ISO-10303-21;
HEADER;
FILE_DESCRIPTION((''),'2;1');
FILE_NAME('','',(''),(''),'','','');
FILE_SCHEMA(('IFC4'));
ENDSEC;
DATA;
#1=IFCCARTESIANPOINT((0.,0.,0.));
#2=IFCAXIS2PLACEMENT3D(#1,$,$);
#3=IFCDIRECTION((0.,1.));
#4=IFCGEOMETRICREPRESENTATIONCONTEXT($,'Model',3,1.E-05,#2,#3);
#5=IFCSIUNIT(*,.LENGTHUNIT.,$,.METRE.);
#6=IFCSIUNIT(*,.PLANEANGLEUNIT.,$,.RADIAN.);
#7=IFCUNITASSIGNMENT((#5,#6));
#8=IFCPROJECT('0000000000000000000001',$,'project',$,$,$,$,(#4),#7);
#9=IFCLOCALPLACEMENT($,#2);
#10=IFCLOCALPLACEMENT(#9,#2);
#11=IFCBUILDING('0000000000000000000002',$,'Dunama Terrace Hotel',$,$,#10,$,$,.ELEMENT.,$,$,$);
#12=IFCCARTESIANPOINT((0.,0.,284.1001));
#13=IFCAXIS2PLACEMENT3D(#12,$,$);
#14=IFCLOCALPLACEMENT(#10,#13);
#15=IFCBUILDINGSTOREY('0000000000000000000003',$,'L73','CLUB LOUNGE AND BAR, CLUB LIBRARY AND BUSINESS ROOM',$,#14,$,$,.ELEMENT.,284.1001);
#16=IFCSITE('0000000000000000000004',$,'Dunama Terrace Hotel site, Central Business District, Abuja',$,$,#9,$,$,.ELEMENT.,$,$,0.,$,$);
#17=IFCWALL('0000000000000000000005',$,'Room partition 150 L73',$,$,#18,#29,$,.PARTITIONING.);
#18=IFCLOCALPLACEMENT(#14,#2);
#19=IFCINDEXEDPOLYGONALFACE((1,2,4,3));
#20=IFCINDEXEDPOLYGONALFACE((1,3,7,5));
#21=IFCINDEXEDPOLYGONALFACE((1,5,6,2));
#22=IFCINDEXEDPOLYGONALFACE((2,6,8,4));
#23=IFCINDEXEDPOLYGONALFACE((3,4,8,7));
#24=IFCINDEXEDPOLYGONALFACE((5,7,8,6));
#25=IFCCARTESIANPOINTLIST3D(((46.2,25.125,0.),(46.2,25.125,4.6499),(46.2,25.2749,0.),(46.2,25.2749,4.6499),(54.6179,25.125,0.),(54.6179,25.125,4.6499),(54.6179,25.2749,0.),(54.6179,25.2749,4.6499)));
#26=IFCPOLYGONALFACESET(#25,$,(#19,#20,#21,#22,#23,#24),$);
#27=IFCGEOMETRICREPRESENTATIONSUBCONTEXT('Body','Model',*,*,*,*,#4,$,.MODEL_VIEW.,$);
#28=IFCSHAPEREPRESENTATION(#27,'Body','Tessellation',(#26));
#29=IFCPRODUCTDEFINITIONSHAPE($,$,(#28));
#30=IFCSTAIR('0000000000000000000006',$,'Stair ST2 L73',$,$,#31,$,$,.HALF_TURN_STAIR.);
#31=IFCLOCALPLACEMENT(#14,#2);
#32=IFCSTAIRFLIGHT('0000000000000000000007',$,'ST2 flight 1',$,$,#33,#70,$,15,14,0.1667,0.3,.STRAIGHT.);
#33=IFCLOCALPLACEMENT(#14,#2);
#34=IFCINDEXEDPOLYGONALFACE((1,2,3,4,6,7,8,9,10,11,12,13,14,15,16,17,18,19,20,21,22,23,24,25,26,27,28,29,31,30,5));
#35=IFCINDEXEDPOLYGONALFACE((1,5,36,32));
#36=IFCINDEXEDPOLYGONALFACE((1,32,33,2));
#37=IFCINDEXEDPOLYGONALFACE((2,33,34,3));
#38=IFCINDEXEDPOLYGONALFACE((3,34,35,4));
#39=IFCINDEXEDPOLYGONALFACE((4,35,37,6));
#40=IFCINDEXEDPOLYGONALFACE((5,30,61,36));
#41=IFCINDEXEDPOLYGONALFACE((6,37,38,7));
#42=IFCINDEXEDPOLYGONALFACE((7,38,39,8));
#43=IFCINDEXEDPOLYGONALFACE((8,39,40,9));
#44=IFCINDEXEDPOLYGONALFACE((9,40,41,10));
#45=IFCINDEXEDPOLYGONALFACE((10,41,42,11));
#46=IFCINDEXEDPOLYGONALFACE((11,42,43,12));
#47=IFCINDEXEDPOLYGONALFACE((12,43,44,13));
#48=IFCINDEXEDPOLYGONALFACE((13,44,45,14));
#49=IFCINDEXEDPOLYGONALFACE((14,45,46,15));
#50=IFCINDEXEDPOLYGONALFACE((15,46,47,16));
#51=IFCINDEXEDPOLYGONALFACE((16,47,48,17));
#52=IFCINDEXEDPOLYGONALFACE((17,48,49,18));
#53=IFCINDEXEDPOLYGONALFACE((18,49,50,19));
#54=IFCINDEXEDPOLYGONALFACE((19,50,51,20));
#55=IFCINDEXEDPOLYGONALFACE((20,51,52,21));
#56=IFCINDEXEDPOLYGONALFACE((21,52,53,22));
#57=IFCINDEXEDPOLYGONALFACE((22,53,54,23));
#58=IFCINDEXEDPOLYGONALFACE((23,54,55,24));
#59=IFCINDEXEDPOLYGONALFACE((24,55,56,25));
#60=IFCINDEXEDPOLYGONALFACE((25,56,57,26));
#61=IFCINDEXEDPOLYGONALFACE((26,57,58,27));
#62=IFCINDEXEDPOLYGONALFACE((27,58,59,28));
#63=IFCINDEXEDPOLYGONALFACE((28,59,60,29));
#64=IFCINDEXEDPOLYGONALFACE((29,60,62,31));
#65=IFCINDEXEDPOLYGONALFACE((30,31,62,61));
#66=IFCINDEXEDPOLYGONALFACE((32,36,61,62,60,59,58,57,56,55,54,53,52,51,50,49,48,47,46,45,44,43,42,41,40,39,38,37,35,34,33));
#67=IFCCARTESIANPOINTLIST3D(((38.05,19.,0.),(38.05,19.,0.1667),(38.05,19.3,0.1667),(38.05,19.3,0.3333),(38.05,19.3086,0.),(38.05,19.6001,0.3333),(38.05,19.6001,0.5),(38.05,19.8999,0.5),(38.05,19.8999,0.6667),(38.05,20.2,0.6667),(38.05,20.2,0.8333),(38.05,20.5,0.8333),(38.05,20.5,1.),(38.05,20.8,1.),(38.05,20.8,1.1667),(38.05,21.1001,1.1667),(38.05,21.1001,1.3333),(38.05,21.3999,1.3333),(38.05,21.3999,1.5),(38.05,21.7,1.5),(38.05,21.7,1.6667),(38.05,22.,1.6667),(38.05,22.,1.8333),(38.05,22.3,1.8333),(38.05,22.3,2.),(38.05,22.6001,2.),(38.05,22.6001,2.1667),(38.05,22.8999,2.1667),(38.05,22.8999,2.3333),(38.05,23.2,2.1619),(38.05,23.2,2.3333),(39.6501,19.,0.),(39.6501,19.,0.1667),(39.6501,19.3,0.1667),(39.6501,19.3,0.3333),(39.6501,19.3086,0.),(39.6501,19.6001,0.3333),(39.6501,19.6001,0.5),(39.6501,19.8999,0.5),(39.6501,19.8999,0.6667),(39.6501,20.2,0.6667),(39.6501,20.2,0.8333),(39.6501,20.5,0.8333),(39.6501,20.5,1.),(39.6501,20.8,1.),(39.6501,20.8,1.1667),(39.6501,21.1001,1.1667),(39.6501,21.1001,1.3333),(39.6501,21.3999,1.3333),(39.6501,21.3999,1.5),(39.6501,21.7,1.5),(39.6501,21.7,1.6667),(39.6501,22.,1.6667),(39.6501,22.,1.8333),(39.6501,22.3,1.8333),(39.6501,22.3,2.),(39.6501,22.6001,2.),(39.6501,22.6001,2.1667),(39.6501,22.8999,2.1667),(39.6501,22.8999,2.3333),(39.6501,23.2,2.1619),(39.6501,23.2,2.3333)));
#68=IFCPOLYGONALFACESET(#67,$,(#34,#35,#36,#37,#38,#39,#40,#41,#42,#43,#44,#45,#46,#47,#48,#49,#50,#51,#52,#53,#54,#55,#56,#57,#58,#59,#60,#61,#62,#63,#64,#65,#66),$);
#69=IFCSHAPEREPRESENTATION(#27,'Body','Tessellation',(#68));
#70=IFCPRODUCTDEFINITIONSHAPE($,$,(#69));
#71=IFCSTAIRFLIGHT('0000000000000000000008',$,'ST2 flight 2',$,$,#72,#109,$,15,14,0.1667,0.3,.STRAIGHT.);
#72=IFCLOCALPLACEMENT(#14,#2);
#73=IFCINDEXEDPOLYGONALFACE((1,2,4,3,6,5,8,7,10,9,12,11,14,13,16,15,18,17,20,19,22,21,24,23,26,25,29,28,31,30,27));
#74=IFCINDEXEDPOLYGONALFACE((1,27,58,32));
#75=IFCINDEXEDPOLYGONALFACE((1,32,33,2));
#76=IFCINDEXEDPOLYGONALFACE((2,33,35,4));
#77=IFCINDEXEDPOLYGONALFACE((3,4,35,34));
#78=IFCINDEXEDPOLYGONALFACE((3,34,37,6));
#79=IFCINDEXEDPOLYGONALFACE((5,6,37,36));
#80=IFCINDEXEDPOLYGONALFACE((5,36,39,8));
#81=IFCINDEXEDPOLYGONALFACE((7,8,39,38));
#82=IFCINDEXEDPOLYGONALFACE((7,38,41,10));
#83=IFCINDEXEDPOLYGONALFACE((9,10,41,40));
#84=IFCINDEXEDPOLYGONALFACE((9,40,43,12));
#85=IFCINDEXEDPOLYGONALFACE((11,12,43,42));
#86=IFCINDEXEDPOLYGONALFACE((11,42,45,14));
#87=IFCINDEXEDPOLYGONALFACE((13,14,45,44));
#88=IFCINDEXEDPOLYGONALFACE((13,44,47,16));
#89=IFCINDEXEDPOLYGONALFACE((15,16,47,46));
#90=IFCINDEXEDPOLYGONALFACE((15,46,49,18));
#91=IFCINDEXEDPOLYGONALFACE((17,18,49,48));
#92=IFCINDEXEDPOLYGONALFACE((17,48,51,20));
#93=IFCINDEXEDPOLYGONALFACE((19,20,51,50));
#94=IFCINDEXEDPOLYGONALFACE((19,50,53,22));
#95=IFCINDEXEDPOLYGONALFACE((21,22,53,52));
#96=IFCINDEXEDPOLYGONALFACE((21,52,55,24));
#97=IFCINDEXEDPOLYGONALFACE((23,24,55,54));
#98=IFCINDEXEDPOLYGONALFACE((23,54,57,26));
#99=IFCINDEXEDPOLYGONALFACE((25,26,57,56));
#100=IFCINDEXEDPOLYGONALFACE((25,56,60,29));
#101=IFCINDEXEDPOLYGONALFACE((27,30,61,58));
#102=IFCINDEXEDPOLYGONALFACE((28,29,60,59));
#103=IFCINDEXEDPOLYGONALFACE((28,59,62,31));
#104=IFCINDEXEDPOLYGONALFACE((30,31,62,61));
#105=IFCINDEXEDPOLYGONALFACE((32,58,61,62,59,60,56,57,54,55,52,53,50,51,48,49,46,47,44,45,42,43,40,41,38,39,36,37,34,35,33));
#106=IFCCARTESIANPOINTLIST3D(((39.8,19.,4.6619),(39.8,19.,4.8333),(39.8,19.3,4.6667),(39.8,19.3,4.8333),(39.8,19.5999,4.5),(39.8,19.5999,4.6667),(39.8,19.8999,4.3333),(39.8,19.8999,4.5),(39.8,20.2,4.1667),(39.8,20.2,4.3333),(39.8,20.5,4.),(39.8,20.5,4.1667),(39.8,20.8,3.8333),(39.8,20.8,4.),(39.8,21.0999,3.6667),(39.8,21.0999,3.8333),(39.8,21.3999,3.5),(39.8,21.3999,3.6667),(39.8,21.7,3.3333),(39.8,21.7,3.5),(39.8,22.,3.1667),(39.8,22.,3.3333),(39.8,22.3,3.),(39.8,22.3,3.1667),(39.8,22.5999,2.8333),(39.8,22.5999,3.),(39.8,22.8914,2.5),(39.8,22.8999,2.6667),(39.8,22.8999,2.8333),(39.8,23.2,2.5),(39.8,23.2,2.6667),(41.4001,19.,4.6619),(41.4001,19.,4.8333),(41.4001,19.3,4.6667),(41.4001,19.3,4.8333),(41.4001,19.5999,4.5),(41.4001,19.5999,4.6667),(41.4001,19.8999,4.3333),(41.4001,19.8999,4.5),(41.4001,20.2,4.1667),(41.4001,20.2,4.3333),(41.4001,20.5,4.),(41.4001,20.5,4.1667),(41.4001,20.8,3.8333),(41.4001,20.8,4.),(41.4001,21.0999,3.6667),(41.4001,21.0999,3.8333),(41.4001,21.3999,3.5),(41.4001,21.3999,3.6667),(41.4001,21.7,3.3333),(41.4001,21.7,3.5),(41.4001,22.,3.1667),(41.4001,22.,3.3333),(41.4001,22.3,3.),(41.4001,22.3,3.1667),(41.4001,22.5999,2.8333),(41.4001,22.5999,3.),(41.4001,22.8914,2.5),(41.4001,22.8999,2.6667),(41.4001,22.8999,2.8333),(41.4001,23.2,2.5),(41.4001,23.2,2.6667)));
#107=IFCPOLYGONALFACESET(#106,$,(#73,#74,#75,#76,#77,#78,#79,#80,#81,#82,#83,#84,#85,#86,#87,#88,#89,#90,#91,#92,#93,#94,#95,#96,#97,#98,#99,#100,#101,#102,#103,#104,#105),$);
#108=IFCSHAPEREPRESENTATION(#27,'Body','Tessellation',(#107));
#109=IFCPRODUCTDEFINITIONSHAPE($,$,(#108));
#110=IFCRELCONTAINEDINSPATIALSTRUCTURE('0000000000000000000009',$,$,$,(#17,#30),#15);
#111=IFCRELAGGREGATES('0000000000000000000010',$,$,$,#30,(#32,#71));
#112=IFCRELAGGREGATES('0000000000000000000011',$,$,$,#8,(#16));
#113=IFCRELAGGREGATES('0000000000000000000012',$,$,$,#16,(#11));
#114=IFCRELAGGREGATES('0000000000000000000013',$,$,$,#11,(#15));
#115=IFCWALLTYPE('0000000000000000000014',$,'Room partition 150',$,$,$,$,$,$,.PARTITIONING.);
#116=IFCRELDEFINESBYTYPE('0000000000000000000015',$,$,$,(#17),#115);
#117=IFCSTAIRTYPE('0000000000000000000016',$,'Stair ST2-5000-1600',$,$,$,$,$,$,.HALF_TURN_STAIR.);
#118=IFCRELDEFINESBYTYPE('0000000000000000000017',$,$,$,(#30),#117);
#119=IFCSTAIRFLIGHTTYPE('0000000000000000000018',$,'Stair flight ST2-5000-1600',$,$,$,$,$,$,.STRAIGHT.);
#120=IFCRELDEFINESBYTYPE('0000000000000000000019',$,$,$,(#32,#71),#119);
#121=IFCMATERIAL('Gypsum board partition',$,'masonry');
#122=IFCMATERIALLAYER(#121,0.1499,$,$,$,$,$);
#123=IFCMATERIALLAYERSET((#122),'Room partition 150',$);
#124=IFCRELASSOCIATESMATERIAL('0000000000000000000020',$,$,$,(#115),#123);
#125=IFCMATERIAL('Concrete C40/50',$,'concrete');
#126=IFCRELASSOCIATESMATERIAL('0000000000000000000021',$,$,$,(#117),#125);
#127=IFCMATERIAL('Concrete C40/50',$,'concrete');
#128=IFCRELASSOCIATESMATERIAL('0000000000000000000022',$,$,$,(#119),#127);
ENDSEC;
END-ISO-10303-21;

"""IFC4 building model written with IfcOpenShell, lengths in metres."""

from ifc_helpers import new_model, si_unit, direction, frame, frame_2d, origin, place, context, subcontext, project, spatial, polyline, rectangle, outline, extrude, material, layer, layer_set, type_object, element, aggregate, save


model = new_model("IFC4")

# Units and contexts
model_context = context("Model", 3, precision=1e-05, world=origin(), true_north=direction((0.0, 1.0)))
body_context = subcontext(model_context, "Body", "Model", "MODEL_VIEW")
ifc_project = project(units=[si_unit("LENGTHUNIT", "METRE"), si_unit("PLANEANGLEUNIT", "RADIAN")], contexts=[model_context])

# Site, building, storey
site_placement = place(None, origin())
site = spatial("IfcSite", under=ifc_project, at=site_placement, Name="Dunama Terrace Hotel site, Central Business District, Abuja", CompositionType="ELEMENT", RefElevation=0.0)
building_placement = place(site_placement, origin())
building = spatial("IfcBuilding", under=site, at=building_placement, Name="Dunama Terrace Hotel", CompositionType="ELEMENT")
storey_placement = place(building_placement, frame((0.0, 0.0, 284.1001)))
storey = spatial("IfcBuildingStorey", under=building, at=storey_placement, Name="L73", Description="CLUB LOUNGE AND BAR, CLUB LIBRARY AND BUSINESS ROOM", CompositionType="ELEMENT", Elevation=284.1001)

# Wall
ifc_material_1 = material(Name="Gypsum board partition", Category="masonry")
ifc_layer_1 = layer(ifc_material_1, 0.1499)
ifc_layer_set_1 = layer_set([ifc_layer_1], Name="Room partition 150")
wall_type_1 = type_object("IfcWallType", Name="Room partition 150", PredefinedType="PARTITIONING", material=ifc_layer_set_1)
for number, where, z_axis, x_axis, name in (
    (1, (46.2, 25.2, 0.0), (0.0, 0.0, 1.0), (1.0, 0.0, 0.0), "Room partition 150 L73"),
):
    element("IfcWall", number, at=place(storey_placement, frame(where, z_axis=z_axis, x_axis=x_axis)), inside=storey, type_object=wall_type_1, Name=name, PredefinedType="PARTITIONING", context=body_context, shape_type="SweptSolid", body=[
        extrude(rectangle(XDim=8.418, YDim=0.1499, at=frame_2d((4.209, 0.0))), origin(), (0.0, 0.0, 1.0), 4.6499),
    ])

# Stair, stair flights
ifc_material_2 = material(Name="Concrete C40/50", Category="concrete")
stair_type = type_object("IfcStairType", Name="Stair ST2-5000-1600", PredefinedType="HALF_TURN_STAIR", material=ifc_material_2)
stair_placement = place(storey_placement, origin())
stair = element("IfcStair", 2, at=stair_placement, inside=storey, type_object=stair_type, Name="Stair ST2 L73", PredefinedType="HALF_TURN_STAIR")
ifc_material_3 = material(Name="Concrete C40/50", Category="concrete")
stair_flight_type = type_object("IfcStairFlightType", Name="Stair flight ST2-5000-1600", PredefinedType="STRAIGHT", material=ifc_material_3)
stair_flight_1_placement = place(storey_placement, frame((38.8501, 19.0, 0.0), z_axis=(0.0, 0.0, 1.0), x_axis=(0.0, 1.0, 0.0)))
stair_flight_1 = element("IfcStairFlight", 3, at=stair_flight_1_placement, type_object=stair_flight_type, Name="ST2 flight 1", NumberOfRisers=15, NumberOfTreads=14, PredefinedType="STRAIGHT", RiserHeight=0.1667, TreadLength=0.3, context=body_context, shape_type="SweptSolid", body=[
    extrude(outline(polyline([(0.0, 0.0), (0.0, 0.1667), (0.3, 0.1667), (0.3, 0.3333), (0.6001, 0.3333), (0.6001, 0.5), (0.8999, 0.5), (0.8999, 0.6667), (1.2, 0.6667), (1.2, 0.8333), (1.5, 0.8333), (1.5, 1.0), (1.8, 1.0), (1.8, 1.1667), (2.1001, 1.1667), (2.1001, 1.3333), (2.3999, 1.3333), (2.3999, 1.5), (2.7, 1.5), (2.7, 1.6667), (3.0, 1.6667), (3.0, 1.8333), (3.3, 1.8333), (3.3, 2.0), (3.6001, 2.0), (3.6001, 2.1667), (3.8999, 2.1667), (3.8999, 2.3333), (4.2, 2.3333), (4.2, 2.5), (4.2, 2.1619), (0.3086, 0.0), (0.0, 0.0)])), frame((0.0, 0.8, 0.0), z_axis=(0.0, -1.0, 0.0), x_axis=(1.0, 0.0, 0.0)), (0.0, 0.0, 1.0), 1.6001),
])
stair_flight_2_placement = place(storey_placement, frame((40.6001, 23.2, 2.5), z_axis=(0.0, 0.0, 1.0), x_axis=(0.0, -1.0, 0.0)))
stair_flight_2 = element("IfcStairFlight", 4, at=stair_flight_2_placement, type_object=stair_flight_type, Name="ST2 flight 2", NumberOfRisers=15, NumberOfTreads=14, PredefinedType="STRAIGHT", RiserHeight=0.1667, TreadLength=0.3, context=body_context, shape_type="SweptSolid", body=[
    extrude(outline(polyline([(0.0, 0.0), (0.0, 0.1667), (0.3, 0.1667), (0.3, 0.3333), (0.6001, 0.3333), (0.6001, 0.5), (0.8999, 0.5), (0.8999, 0.6667), (1.2, 0.6667), (1.2, 0.8333), (1.5, 0.8333), (1.5, 1.0), (1.8, 1.0), (1.8, 1.1667), (2.1001, 1.1667), (2.1001, 1.3333), (2.3999, 1.3333), (2.3999, 1.5), (2.7, 1.5), (2.7, 1.6667), (3.0, 1.6667), (3.0, 1.8333), (3.3, 1.8333), (3.3, 2.0), (3.6001, 2.0), (3.6001, 2.1667), (3.8999, 2.1667), (3.8999, 2.3333), (4.2, 2.3333), (4.2, 2.5), (4.2, 2.1619), (0.3086, 0.0), (0.0, 0.0)])), frame((0.0, 0.8, 0.0), z_axis=(0.0, -1.0, 0.0), x_axis=(1.0, 0.0, 0.0)), (0.0, 0.0, 1.0), 1.6001),
])
aggregate(stair, [stair_flight_1, stair_flight_2])

save(model, "model.ifc")
